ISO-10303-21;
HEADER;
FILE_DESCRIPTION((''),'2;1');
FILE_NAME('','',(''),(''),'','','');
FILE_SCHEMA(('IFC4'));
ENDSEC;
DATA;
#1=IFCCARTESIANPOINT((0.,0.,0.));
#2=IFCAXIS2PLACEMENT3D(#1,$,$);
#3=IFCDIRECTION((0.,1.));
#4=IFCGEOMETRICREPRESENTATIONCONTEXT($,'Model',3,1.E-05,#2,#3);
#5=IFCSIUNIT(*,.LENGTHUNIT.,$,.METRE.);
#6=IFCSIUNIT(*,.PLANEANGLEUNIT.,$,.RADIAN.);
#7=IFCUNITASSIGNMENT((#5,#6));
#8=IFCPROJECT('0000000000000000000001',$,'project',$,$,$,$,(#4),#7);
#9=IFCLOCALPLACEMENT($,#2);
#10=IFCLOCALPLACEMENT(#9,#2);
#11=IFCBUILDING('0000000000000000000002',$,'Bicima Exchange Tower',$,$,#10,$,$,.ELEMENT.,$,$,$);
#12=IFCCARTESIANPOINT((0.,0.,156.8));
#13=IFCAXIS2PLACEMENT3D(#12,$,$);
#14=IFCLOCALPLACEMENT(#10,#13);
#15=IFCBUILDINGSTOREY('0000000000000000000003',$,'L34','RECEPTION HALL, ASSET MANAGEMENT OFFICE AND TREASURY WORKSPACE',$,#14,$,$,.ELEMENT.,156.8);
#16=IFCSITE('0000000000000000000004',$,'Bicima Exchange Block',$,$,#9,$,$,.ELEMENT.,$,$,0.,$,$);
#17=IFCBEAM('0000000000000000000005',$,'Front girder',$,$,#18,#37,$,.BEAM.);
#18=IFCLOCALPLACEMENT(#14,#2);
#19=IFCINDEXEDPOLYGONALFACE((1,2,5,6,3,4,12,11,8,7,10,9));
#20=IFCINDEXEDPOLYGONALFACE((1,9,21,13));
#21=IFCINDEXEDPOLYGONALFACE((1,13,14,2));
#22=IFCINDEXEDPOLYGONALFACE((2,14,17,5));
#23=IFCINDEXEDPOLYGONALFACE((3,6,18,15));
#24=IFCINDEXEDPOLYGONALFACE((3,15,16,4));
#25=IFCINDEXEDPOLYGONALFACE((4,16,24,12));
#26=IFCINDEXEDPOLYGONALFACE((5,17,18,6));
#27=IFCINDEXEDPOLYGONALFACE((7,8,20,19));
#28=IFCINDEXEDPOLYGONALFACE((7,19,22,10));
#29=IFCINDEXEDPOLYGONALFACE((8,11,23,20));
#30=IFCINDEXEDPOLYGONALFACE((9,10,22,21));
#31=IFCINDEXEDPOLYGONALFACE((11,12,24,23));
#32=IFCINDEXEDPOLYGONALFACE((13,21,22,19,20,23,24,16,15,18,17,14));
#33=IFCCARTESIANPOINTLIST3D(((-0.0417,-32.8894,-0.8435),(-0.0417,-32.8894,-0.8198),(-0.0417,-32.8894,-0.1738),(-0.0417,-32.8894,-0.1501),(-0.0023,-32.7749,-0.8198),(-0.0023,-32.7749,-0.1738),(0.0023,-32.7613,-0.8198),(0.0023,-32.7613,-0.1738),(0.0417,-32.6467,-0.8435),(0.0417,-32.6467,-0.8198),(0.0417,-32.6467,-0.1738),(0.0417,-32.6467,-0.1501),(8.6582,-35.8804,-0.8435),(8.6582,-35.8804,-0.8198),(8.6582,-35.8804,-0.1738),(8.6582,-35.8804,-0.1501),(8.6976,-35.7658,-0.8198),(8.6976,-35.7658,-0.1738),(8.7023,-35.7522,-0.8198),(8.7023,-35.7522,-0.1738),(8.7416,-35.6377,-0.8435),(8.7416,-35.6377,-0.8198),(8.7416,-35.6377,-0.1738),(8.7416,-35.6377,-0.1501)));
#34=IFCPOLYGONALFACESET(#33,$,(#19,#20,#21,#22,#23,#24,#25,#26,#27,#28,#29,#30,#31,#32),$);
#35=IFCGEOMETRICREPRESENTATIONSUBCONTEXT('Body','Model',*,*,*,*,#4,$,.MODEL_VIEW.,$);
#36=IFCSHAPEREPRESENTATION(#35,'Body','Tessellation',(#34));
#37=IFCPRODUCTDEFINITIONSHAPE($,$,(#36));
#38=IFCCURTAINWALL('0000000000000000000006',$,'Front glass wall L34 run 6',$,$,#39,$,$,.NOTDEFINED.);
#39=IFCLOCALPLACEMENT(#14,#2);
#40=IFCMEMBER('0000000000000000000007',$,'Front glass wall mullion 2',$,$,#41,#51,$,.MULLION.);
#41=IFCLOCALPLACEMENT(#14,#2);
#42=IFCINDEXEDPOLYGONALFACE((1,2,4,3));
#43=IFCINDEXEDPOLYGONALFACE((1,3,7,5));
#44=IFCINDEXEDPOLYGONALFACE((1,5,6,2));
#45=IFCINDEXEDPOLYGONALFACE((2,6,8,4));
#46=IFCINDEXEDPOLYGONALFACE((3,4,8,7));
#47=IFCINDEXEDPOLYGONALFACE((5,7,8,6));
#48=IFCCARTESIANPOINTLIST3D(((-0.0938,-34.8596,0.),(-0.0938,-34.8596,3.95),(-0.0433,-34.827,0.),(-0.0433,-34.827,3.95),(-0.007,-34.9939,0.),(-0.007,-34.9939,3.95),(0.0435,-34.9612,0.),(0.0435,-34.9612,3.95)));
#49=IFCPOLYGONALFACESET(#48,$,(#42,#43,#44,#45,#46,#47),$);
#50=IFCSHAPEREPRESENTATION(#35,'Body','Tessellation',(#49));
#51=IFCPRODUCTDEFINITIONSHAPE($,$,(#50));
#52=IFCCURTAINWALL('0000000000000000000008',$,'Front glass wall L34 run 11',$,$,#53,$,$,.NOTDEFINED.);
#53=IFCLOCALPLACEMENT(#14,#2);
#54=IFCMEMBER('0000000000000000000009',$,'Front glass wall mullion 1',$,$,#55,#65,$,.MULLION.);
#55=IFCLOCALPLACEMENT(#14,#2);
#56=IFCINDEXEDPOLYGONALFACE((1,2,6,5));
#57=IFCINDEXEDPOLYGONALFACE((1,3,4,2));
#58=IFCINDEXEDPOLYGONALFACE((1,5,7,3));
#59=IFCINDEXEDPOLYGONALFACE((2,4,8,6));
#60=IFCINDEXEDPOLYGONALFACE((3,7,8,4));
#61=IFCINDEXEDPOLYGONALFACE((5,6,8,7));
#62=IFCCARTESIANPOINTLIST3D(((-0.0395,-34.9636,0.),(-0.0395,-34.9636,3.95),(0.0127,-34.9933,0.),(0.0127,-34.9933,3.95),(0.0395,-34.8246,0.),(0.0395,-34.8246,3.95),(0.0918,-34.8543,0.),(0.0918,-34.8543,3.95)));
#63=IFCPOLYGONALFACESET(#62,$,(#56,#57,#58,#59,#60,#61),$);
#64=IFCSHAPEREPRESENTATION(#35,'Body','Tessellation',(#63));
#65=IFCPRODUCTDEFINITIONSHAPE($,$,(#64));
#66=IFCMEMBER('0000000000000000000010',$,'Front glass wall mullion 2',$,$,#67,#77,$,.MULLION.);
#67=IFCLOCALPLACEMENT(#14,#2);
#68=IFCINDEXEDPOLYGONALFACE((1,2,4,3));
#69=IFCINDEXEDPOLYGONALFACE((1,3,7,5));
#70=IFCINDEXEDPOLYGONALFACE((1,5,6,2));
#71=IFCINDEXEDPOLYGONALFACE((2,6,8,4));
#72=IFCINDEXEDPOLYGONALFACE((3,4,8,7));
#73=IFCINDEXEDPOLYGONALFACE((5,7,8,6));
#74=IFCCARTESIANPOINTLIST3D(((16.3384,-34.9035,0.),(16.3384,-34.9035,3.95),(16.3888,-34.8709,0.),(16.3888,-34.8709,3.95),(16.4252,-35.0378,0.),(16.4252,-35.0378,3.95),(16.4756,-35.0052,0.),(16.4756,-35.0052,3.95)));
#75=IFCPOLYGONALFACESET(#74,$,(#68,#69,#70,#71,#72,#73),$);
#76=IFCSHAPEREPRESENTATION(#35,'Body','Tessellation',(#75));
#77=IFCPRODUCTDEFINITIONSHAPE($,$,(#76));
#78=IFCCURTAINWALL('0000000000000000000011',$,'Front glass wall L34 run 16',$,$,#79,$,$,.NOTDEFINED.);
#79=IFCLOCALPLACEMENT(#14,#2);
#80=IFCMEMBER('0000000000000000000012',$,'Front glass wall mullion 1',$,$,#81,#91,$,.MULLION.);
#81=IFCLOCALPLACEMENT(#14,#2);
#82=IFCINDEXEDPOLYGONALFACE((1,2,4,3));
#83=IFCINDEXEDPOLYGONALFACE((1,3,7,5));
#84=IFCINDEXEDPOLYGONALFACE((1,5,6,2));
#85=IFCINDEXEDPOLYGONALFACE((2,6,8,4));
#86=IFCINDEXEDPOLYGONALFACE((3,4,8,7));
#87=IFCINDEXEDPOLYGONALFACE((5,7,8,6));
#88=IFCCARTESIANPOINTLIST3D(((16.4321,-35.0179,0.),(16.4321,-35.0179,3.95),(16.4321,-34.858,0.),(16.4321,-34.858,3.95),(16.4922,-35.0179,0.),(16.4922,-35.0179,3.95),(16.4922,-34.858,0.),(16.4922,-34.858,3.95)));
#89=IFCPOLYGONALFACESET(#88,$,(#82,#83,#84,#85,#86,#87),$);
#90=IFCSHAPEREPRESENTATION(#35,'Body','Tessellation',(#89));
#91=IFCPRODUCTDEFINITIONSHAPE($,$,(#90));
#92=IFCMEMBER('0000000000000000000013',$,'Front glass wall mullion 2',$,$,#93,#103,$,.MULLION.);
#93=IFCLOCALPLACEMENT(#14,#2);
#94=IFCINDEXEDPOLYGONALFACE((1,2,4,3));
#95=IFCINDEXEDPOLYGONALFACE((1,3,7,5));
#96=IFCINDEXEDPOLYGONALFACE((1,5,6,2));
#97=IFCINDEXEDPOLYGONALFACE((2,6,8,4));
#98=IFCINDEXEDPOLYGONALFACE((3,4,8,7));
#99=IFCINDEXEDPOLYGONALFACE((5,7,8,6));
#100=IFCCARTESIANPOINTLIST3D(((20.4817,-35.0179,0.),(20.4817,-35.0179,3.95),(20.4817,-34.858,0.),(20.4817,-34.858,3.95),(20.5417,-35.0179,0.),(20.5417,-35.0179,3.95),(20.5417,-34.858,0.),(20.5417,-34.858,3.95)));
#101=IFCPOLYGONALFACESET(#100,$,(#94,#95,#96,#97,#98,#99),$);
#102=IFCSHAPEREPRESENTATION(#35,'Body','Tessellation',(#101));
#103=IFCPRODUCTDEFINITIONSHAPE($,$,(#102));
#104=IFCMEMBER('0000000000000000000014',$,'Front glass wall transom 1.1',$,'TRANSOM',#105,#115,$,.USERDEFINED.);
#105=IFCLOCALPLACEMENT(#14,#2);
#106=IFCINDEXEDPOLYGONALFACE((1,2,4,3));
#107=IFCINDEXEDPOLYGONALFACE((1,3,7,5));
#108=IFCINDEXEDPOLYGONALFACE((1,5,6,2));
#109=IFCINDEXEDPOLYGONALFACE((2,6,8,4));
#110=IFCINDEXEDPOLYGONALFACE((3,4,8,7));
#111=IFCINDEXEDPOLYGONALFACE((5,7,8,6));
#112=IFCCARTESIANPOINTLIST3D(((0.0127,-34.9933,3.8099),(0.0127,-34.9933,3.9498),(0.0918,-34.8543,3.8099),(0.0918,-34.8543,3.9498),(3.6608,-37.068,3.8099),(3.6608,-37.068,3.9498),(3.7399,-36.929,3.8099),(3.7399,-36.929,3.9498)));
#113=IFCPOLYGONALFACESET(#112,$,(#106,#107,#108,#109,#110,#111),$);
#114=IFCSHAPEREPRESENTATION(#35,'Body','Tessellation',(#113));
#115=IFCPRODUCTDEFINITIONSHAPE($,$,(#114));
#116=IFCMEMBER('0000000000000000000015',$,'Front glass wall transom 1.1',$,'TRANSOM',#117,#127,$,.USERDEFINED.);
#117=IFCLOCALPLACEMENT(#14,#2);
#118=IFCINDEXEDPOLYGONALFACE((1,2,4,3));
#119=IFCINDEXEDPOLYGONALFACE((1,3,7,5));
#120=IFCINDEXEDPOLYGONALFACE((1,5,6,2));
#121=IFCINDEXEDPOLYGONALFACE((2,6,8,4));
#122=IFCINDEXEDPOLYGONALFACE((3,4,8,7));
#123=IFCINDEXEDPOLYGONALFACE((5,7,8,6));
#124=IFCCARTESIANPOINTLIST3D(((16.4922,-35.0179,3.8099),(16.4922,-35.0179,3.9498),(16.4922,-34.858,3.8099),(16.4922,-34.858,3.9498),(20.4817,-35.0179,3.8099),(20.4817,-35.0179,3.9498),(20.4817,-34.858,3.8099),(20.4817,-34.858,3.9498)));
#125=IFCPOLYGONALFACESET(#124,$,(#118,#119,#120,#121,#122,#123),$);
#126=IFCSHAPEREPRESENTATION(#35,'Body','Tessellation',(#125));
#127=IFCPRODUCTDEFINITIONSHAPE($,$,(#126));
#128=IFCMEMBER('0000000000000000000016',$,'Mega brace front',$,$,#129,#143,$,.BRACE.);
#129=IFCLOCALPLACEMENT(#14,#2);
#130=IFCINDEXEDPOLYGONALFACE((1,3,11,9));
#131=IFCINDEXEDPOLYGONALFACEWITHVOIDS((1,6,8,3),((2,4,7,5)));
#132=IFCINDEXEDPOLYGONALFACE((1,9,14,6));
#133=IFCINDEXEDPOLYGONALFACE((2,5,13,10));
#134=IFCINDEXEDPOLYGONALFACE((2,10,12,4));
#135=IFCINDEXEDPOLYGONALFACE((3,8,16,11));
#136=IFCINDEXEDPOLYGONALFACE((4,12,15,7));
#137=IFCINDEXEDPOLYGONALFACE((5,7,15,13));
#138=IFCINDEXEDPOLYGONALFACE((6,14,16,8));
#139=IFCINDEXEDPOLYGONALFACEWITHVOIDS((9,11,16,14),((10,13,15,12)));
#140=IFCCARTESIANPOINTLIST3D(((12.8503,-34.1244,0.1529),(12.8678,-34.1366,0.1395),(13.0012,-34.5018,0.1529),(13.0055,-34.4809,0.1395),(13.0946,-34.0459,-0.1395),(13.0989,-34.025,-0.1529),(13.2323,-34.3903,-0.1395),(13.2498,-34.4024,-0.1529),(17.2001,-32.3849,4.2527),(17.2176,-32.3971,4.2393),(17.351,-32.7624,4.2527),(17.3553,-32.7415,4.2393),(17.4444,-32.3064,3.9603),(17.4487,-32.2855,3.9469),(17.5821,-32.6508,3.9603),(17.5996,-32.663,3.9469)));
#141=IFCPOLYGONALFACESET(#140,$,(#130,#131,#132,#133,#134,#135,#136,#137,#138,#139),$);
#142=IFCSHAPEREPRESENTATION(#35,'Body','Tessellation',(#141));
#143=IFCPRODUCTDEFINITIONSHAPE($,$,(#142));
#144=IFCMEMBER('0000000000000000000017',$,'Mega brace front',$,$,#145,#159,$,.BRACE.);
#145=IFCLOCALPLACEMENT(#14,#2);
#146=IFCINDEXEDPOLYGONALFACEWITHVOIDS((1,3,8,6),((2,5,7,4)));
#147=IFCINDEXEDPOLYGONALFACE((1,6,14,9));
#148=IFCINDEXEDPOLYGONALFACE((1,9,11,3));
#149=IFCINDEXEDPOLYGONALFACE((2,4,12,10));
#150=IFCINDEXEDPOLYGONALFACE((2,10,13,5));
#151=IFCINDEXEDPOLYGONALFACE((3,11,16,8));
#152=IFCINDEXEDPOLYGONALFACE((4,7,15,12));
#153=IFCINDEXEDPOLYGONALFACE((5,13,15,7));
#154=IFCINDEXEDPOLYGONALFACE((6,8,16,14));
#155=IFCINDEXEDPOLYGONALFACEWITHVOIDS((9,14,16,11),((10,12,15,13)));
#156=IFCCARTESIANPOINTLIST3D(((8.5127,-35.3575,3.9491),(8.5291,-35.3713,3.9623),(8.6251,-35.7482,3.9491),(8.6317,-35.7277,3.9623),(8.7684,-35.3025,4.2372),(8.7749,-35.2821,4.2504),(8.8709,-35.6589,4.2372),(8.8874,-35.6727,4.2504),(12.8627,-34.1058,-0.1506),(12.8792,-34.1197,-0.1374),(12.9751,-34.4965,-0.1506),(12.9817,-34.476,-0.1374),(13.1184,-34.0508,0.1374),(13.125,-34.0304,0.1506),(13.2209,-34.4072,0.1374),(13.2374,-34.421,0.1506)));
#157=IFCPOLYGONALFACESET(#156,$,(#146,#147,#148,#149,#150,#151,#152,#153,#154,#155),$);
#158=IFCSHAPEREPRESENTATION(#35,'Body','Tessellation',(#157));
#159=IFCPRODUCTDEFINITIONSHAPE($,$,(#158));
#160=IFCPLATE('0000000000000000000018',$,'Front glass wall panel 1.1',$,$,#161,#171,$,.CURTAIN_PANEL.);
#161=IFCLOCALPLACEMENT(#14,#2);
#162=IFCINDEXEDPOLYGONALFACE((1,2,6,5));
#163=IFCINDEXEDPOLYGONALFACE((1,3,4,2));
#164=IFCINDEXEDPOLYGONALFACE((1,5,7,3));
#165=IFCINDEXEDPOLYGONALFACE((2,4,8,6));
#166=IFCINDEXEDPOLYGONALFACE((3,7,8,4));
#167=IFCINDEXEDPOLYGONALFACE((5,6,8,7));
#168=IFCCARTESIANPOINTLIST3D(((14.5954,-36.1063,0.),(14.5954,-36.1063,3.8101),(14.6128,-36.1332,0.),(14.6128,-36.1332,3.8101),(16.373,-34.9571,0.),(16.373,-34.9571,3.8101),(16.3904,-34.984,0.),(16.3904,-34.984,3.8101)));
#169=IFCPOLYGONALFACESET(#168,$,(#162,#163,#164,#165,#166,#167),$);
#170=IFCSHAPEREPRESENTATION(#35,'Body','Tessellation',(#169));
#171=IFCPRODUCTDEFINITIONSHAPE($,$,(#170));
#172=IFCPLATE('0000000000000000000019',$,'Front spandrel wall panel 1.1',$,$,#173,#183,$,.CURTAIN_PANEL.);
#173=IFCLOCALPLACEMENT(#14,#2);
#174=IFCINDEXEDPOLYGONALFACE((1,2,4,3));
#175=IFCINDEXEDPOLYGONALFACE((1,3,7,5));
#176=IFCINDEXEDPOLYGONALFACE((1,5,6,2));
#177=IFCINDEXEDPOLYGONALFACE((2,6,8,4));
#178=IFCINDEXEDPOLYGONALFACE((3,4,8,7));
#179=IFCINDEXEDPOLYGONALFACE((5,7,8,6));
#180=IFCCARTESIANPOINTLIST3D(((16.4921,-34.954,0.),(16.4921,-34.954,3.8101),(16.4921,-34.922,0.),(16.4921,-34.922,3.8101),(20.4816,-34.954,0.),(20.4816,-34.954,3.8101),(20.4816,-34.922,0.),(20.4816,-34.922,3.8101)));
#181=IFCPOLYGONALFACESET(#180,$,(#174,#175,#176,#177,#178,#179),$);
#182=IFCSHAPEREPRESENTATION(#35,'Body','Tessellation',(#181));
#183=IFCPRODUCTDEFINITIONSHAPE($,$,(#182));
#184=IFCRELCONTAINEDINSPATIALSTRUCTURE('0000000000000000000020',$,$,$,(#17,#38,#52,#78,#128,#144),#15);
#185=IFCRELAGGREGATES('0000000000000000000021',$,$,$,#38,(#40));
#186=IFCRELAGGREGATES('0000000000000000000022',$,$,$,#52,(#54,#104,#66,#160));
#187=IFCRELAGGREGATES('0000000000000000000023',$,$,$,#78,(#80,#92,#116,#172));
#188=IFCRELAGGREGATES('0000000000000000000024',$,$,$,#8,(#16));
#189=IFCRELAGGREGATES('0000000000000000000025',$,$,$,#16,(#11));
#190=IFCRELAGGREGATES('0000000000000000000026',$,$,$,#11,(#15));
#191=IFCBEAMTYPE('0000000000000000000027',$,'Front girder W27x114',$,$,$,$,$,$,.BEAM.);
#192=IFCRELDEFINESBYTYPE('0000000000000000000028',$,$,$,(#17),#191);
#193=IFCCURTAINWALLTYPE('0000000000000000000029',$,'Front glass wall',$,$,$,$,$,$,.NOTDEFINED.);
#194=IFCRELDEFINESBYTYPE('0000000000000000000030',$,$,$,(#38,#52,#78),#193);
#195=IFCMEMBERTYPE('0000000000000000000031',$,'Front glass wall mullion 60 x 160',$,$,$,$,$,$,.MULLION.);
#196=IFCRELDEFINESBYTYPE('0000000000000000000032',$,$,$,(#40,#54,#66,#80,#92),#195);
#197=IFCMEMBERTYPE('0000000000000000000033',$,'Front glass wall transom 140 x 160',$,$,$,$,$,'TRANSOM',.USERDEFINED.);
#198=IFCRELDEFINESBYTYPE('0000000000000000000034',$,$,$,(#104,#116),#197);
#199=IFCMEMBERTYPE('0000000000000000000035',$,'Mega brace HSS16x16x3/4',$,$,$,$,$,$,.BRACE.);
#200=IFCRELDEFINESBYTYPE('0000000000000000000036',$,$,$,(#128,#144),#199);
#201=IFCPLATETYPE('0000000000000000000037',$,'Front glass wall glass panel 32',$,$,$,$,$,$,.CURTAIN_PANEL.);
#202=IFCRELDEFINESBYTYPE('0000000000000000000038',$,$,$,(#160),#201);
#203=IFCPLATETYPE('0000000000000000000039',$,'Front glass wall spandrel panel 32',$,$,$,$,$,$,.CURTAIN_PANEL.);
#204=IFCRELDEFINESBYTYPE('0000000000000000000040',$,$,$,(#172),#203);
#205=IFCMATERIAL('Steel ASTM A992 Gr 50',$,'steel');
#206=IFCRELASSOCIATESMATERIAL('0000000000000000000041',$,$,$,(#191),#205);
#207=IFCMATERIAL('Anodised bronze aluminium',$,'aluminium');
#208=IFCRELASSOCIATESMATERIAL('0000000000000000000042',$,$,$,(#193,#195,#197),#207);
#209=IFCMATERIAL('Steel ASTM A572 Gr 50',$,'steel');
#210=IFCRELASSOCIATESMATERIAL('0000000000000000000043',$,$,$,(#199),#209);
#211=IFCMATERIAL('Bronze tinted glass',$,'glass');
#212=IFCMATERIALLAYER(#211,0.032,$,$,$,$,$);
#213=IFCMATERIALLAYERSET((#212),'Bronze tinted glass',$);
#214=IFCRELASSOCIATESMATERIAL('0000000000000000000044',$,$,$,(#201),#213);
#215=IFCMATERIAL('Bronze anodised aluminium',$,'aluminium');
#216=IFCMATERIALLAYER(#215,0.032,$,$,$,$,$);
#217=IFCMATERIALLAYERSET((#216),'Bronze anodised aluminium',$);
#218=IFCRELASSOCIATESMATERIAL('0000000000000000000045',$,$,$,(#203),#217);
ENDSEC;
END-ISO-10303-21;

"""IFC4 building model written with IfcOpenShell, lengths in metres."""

from ifc_helpers import new_model, si_unit, direction, frame, origin, origin_2d, place, context, subcontext, project, spatial, rectangle, hollow_rectangle, i_section, extrude, material, layer, layer_set, material_profile, profile_set, type_object, element, aggregate, save


model = new_model("IFC4")

# Units and contexts
model_context = context("Model", 3, precision=1e-05, world=origin(), true_north=direction((0.0, 1.0)))
body_context = subcontext(model_context, "Body", "Model", "MODEL_VIEW")
ifc_project = project(units=[si_unit("LENGTHUNIT", "METRE"), si_unit("PLANEANGLEUNIT", "RADIAN")], contexts=[model_context])

# Site, building, storey
site_placement = place(None, origin())
site = spatial("IfcSite", under=ifc_project, at=site_placement, Name="Bicima Exchange Block", CompositionType="ELEMENT", RefElevation=0.0)
building_placement = place(site_placement, origin())
building = spatial("IfcBuilding", under=site, at=building_placement, Name="Bicima Exchange Tower", CompositionType="ELEMENT")
storey_placement = place(building_placement, frame((0.0, 0.0, 156.8)))
storey = spatial("IfcBuildingStorey", under=building, at=storey_placement, Name="L34", Description="RECEPTION HALL, ASSET MANAGEMENT OFFICE AND TREASURY WORKSPACE", CompositionType="ELEMENT", Elevation=156.8)

# Shared definitions
ifc_material_1 = material(Name="Steel ASTM A992 Gr 50", Category="steel")

# Beam
ifc_material_profile_1 = material_profile(ifc_material_1, i_section(OverallWidth=0.2566, OverallDepth=0.6934, WebThickness=0.0144, FlangeThickness=0.0237, at=origin_2d()))
ifc_profile_set_1 = profile_set([ifc_material_profile_1], Name="Steel ASTM A992 Gr 50")
beam_type_1 = type_object("IfcBeamType", Name="Front girder W27x114", PredefinedType="BEAM", material=ifc_profile_set_1)
beam_1_placement = place(storey_placement, frame((0.0, -32.7681, -0.4968), z_axis=(0.945675, -0.325115, 0.0), x_axis=(0.325115, 0.945675, 0.0)))
element("IfcBeam", 1, at=beam_1_placement, inside=storey, type_object=beam_type_1, Name="Front girder", PredefinedType="BEAM", context=body_context, shape_type="SweptSolid", body=[
    extrude(i_section(OverallWidth=0.2566, OverallDepth=0.6934, WebThickness=0.0144, FlangeThickness=0.0237, at=origin_2d()), origin(), (0.0, 0.0, 1.0), 9.1997),
])

# Curtain wall, member
ifc_material_2 = material(Name="Anodised bronze aluminium", Category="aluminium")
curtain_wall_type = type_object("IfcCurtainWallType", Name="Front glass wall", PredefinedType="NOTDEFINED", material=ifc_material_2)
curtain_wall_1_placement = place(storey_placement, origin())
curtain_wall_1 = element("IfcCurtainWall", 2, at=curtain_wall_1_placement, inside=storey, type_object=curtain_wall_type, Name="Front glass wall L34 run 6", PredefinedType="NOTDEFINED")
ifc_material_profile_2 = material_profile(ifc_material_2, rectangle(XDim=0.1599, YDim=0.0601, at=origin_2d()))
ifc_profile_set_2 = profile_set([ifc_material_profile_2], Name="Anodised bronze aluminium")
member_type_1 = type_object("IfcMemberType", Name="Front glass wall mullion 60 x 160", PredefinedType="MULLION", material=ifc_profile_set_2)
member_1_placement = place(storey_placement, frame((-0.0251, -34.9104, 0.0), z_axis=(0.0, 0.0, 1.0), x_axis=(-0.542897, 0.839799, 0.0)))
member_1 = element("IfcMember", 3, at=member_1_placement, type_object=member_type_1, Name="Front glass wall mullion 2", PredefinedType="MULLION", context=body_context, shape_type="SweptSolid", body=[
    extrude(rectangle(XDim=0.1599, YDim=0.0601, at=origin_2d()), origin(), (0.0, 0.0, 1.0), 3.95),
])
aggregate(curtain_wall_1, [member_1])

# Curtain walls, members
curtain_wall_2_placement = place(storey_placement, origin())
curtain_wall_2 = element("IfcCurtainWall", 4, at=curtain_wall_2_placement, inside=storey, type_object=curtain_wall_type, Name="Front glass wall L34 run 11", PredefinedType="NOTDEFINED")
member_2_placement = place(storey_placement, frame((0.0261, -34.9089, 0.0), z_axis=(0.0, 0.0, 1.0), x_axis=(0.49433, 0.869274, 0.0)))
member_2 = element("IfcMember", 5, at=member_2_placement, type_object=member_type_1, Name="Front glass wall mullion 1", PredefinedType="MULLION", context=body_context, shape_type="SweptSolid", body=[
    extrude(rectangle(XDim=0.1599, YDim=0.0601, at=origin_2d()), origin(), (0.0, 0.0, 1.0), 3.95),
])
member_3_placement = place(storey_placement, frame((16.407, -34.9543, 0.0), z_axis=(0.0, 0.0, 1.0), x_axis=(-0.542909, 0.839791, 0.0)))
member_3 = element("IfcMember", 6, at=member_3_placement, type_object=member_type_1, Name="Front glass wall mullion 2", PredefinedType="MULLION", context=body_context, shape_type="SweptSolid", body=[
    extrude(rectangle(XDim=0.1599, YDim=0.0601, at=origin_2d()), origin(), (0.0, 0.0, 1.0), 3.95),
])
curtain_wall_3_placement = place(storey_placement, origin())
curtain_wall_3 = element("IfcCurtainWall", 7, at=curtain_wall_3_placement, inside=storey, type_object=curtain_wall_type, Name="Front glass wall L34 run 16", PredefinedType="NOTDEFINED")
member_4_placement = place(storey_placement, frame((16.4622, -34.938, 0.0), z_axis=(0.0, 0.0, 1.0), x_axis=(0.0, 1.0, 0.0)))
member_4 = element("IfcMember", 8, at=member_4_placement, type_object=member_type_1, Name="Front glass wall mullion 1", PredefinedType="MULLION", context=body_context, shape_type="SweptSolid", body=[
    extrude(rectangle(XDim=0.1599, YDim=0.0601, at=origin_2d()), origin(), (0.0, 0.0, 1.0), 3.95),
])
member_5_placement = place(storey_placement, frame((20.5117, -34.938, 0.0), z_axis=(0.0, 0.0, 1.0), x_axis=(0.0, 1.0, 0.0)))
member_5 = element("IfcMember", 9, at=member_5_placement, type_object=member_type_1, Name="Front glass wall mullion 2", PredefinedType="MULLION", context=body_context, shape_type="SweptSolid", body=[
    extrude(rectangle(XDim=0.1599, YDim=0.0601, at=origin_2d()), origin(), (0.0, 0.0, 1.0), 3.95),
])

# Members
ifc_material_profile_3 = material_profile(ifc_material_2, rectangle(XDim=0.1599, YDim=0.1399, at=origin_2d()))
ifc_profile_set_3 = profile_set([ifc_material_profile_3], Name="Anodised bronze aluminium")
member_type_2 = type_object("IfcMemberType", Name="Front glass wall transom 140 x 160", ElementType="TRANSOM", PredefinedType="USERDEFINED", material=ifc_profile_set_3)
member_6_placement = place(storey_placement, frame((0.0522, -34.9238, 3.8799), z_axis=(0.869265, -0.494346, 0.0), x_axis=(0.494346, 0.869265, 0.0)))
member_6 = element("IfcMember", 10, at=member_6_placement, type_object=member_type_2, Name="Front glass wall transom 1.1", ObjectType="TRANSOM", PredefinedType="USERDEFINED", context=body_context, shape_type="SweptSolid", body=[
    extrude(rectangle(XDim=0.1599, YDim=0.1399, at=origin_2d()), origin(), (0.0, 0.0, 1.0), 4.1968),
])
member_7_placement = place(storey_placement, frame((16.4922, -34.938, 3.8799), z_axis=(1.0, 0.0, 0.0), x_axis=(0.0, 1.0, 0.0)))
member_7 = element("IfcMember", 11, at=member_7_placement, type_object=member_type_2, Name="Front glass wall transom 1.1", ObjectType="TRANSOM", PredefinedType="USERDEFINED", context=body_context, shape_type="SweptSolid", body=[
    extrude(rectangle(XDim=0.1599, YDim=0.1399, at=origin_2d()), origin(), (0.0, 0.0, 1.0), 3.9895),
])

# Members
ifc_material_3 = material(Name="Steel ASTM A572 Gr 50", Category="steel")
ifc_material_profile_4 = material_profile(ifc_material_3, hollow_rectangle(XDim=0.4065, YDim=0.4065, WallThickness=0.0178, at=origin_2d()))
ifc_profile_set_4 = profile_set([ifc_material_profile_4], Name="Steel ASTM A572 Gr 50")
member_type_3 = type_object("IfcMemberType", Name="Mega brace HSS16x16x3/4", PredefinedType="BRACE", material=ifc_profile_set_4)
member_8_placement = place(storey_placement, frame((13.05, -34.2634, 0.0), z_axis=(0.698724, 0.279419, 0.658566), x_axis=(-0.37131, 0.928509, 0.0)))
element("IfcMember", 12, at=member_8_placement, inside=storey, type_object=member_type_3, Name="Mega brace front", PredefinedType="BRACE", context=body_context, shape_type="SweptSolid", body=[
    extrude(hollow_rectangle(XDim=0.4065, YDim=0.4065, WallThickness=0.0178, at=origin_2d()), origin(), (0.0, 0.0, 1.0), 6.2253),
])
member_9_placement = place(storey_placement, frame((13.05, -34.2634, 0.0), z_axis=(-0.71228, -0.204953, 0.671305), x_axis=(0.276523, -0.961007, 0.0)))
element("IfcMember", 13, at=member_9_placement, inside=storey, type_object=member_type_3, Name="Mega brace front", PredefinedType="BRACE", context=body_context, shape_type="SweptSolid", body=[
    extrude(hollow_rectangle(XDim=0.4065, YDim=0.4065, WallThickness=0.0178, at=origin_2d()), origin(), (0.0, 0.0, 1.0), 6.1072),
])

# Plates
ifc_material_4 = material(Name="Bronze tinted glass", Category="glass")
ifc_layer_1 = layer(ifc_material_4, 0.032)
ifc_layer_set_1 = layer_set([ifc_layer_1], Name="Bronze tinted glass")
plate_type_1 = type_object("IfcPlateType", Name="Front glass wall glass panel 32", PredefinedType="CURTAIN_PANEL", material=ifc_layer_set_1)
plate_1_placement = place(storey_placement, frame((15.4929, -35.5452, 0.0), z_axis=(0.0, 0.0, 1.0), x_axis=(0.839791, 0.542909, 0.0)))
plate_1 = element("IfcPlate", 14, at=plate_1_placement, type_object=plate_type_1, Name="Front glass wall panel 1.1", PredefinedType="CURTAIN_PANEL", context=body_context, shape_type="SweptSolid", body=[
    extrude(rectangle(XDim=2.1167, YDim=0.032, at=origin_2d()), origin(), (0.0, 0.0, 1.0), 3.8101),
])
aggregate(curtain_wall_2, [member_2, member_6, member_3, plate_1])
ifc_material_5 = material(Name="Bronze anodised aluminium", Category="aluminium")
ifc_layer_2 = layer(ifc_material_5, 0.032)
ifc_layer_set_2 = layer_set([ifc_layer_2], Name="Bronze anodised aluminium")
plate_type_2 = type_object("IfcPlateType", Name="Front glass wall spandrel panel 32", PredefinedType="CURTAIN_PANEL", material=ifc_layer_set_2)
plate_2_placement = place(storey_placement, frame((18.4868, -34.938, 0.0), z_axis=(0.0, 0.0, 1.0), x_axis=(1.0, 0.0, 0.0)))
plate_2 = element("IfcPlate", 15, at=plate_2_placement, type_object=plate_type_2, Name="Front spandrel wall panel 1.1", PredefinedType="CURTAIN_PANEL", context=body_context, shape_type="SweptSolid", body=[
    extrude(rectangle(XDim=3.9895, YDim=0.032, at=origin_2d()), origin(), (0.0, 0.0, 1.0), 3.8101),
])
aggregate(curtain_wall_3, [member_4, member_5, member_7, plate_2])

save(model, "model.ifc")
